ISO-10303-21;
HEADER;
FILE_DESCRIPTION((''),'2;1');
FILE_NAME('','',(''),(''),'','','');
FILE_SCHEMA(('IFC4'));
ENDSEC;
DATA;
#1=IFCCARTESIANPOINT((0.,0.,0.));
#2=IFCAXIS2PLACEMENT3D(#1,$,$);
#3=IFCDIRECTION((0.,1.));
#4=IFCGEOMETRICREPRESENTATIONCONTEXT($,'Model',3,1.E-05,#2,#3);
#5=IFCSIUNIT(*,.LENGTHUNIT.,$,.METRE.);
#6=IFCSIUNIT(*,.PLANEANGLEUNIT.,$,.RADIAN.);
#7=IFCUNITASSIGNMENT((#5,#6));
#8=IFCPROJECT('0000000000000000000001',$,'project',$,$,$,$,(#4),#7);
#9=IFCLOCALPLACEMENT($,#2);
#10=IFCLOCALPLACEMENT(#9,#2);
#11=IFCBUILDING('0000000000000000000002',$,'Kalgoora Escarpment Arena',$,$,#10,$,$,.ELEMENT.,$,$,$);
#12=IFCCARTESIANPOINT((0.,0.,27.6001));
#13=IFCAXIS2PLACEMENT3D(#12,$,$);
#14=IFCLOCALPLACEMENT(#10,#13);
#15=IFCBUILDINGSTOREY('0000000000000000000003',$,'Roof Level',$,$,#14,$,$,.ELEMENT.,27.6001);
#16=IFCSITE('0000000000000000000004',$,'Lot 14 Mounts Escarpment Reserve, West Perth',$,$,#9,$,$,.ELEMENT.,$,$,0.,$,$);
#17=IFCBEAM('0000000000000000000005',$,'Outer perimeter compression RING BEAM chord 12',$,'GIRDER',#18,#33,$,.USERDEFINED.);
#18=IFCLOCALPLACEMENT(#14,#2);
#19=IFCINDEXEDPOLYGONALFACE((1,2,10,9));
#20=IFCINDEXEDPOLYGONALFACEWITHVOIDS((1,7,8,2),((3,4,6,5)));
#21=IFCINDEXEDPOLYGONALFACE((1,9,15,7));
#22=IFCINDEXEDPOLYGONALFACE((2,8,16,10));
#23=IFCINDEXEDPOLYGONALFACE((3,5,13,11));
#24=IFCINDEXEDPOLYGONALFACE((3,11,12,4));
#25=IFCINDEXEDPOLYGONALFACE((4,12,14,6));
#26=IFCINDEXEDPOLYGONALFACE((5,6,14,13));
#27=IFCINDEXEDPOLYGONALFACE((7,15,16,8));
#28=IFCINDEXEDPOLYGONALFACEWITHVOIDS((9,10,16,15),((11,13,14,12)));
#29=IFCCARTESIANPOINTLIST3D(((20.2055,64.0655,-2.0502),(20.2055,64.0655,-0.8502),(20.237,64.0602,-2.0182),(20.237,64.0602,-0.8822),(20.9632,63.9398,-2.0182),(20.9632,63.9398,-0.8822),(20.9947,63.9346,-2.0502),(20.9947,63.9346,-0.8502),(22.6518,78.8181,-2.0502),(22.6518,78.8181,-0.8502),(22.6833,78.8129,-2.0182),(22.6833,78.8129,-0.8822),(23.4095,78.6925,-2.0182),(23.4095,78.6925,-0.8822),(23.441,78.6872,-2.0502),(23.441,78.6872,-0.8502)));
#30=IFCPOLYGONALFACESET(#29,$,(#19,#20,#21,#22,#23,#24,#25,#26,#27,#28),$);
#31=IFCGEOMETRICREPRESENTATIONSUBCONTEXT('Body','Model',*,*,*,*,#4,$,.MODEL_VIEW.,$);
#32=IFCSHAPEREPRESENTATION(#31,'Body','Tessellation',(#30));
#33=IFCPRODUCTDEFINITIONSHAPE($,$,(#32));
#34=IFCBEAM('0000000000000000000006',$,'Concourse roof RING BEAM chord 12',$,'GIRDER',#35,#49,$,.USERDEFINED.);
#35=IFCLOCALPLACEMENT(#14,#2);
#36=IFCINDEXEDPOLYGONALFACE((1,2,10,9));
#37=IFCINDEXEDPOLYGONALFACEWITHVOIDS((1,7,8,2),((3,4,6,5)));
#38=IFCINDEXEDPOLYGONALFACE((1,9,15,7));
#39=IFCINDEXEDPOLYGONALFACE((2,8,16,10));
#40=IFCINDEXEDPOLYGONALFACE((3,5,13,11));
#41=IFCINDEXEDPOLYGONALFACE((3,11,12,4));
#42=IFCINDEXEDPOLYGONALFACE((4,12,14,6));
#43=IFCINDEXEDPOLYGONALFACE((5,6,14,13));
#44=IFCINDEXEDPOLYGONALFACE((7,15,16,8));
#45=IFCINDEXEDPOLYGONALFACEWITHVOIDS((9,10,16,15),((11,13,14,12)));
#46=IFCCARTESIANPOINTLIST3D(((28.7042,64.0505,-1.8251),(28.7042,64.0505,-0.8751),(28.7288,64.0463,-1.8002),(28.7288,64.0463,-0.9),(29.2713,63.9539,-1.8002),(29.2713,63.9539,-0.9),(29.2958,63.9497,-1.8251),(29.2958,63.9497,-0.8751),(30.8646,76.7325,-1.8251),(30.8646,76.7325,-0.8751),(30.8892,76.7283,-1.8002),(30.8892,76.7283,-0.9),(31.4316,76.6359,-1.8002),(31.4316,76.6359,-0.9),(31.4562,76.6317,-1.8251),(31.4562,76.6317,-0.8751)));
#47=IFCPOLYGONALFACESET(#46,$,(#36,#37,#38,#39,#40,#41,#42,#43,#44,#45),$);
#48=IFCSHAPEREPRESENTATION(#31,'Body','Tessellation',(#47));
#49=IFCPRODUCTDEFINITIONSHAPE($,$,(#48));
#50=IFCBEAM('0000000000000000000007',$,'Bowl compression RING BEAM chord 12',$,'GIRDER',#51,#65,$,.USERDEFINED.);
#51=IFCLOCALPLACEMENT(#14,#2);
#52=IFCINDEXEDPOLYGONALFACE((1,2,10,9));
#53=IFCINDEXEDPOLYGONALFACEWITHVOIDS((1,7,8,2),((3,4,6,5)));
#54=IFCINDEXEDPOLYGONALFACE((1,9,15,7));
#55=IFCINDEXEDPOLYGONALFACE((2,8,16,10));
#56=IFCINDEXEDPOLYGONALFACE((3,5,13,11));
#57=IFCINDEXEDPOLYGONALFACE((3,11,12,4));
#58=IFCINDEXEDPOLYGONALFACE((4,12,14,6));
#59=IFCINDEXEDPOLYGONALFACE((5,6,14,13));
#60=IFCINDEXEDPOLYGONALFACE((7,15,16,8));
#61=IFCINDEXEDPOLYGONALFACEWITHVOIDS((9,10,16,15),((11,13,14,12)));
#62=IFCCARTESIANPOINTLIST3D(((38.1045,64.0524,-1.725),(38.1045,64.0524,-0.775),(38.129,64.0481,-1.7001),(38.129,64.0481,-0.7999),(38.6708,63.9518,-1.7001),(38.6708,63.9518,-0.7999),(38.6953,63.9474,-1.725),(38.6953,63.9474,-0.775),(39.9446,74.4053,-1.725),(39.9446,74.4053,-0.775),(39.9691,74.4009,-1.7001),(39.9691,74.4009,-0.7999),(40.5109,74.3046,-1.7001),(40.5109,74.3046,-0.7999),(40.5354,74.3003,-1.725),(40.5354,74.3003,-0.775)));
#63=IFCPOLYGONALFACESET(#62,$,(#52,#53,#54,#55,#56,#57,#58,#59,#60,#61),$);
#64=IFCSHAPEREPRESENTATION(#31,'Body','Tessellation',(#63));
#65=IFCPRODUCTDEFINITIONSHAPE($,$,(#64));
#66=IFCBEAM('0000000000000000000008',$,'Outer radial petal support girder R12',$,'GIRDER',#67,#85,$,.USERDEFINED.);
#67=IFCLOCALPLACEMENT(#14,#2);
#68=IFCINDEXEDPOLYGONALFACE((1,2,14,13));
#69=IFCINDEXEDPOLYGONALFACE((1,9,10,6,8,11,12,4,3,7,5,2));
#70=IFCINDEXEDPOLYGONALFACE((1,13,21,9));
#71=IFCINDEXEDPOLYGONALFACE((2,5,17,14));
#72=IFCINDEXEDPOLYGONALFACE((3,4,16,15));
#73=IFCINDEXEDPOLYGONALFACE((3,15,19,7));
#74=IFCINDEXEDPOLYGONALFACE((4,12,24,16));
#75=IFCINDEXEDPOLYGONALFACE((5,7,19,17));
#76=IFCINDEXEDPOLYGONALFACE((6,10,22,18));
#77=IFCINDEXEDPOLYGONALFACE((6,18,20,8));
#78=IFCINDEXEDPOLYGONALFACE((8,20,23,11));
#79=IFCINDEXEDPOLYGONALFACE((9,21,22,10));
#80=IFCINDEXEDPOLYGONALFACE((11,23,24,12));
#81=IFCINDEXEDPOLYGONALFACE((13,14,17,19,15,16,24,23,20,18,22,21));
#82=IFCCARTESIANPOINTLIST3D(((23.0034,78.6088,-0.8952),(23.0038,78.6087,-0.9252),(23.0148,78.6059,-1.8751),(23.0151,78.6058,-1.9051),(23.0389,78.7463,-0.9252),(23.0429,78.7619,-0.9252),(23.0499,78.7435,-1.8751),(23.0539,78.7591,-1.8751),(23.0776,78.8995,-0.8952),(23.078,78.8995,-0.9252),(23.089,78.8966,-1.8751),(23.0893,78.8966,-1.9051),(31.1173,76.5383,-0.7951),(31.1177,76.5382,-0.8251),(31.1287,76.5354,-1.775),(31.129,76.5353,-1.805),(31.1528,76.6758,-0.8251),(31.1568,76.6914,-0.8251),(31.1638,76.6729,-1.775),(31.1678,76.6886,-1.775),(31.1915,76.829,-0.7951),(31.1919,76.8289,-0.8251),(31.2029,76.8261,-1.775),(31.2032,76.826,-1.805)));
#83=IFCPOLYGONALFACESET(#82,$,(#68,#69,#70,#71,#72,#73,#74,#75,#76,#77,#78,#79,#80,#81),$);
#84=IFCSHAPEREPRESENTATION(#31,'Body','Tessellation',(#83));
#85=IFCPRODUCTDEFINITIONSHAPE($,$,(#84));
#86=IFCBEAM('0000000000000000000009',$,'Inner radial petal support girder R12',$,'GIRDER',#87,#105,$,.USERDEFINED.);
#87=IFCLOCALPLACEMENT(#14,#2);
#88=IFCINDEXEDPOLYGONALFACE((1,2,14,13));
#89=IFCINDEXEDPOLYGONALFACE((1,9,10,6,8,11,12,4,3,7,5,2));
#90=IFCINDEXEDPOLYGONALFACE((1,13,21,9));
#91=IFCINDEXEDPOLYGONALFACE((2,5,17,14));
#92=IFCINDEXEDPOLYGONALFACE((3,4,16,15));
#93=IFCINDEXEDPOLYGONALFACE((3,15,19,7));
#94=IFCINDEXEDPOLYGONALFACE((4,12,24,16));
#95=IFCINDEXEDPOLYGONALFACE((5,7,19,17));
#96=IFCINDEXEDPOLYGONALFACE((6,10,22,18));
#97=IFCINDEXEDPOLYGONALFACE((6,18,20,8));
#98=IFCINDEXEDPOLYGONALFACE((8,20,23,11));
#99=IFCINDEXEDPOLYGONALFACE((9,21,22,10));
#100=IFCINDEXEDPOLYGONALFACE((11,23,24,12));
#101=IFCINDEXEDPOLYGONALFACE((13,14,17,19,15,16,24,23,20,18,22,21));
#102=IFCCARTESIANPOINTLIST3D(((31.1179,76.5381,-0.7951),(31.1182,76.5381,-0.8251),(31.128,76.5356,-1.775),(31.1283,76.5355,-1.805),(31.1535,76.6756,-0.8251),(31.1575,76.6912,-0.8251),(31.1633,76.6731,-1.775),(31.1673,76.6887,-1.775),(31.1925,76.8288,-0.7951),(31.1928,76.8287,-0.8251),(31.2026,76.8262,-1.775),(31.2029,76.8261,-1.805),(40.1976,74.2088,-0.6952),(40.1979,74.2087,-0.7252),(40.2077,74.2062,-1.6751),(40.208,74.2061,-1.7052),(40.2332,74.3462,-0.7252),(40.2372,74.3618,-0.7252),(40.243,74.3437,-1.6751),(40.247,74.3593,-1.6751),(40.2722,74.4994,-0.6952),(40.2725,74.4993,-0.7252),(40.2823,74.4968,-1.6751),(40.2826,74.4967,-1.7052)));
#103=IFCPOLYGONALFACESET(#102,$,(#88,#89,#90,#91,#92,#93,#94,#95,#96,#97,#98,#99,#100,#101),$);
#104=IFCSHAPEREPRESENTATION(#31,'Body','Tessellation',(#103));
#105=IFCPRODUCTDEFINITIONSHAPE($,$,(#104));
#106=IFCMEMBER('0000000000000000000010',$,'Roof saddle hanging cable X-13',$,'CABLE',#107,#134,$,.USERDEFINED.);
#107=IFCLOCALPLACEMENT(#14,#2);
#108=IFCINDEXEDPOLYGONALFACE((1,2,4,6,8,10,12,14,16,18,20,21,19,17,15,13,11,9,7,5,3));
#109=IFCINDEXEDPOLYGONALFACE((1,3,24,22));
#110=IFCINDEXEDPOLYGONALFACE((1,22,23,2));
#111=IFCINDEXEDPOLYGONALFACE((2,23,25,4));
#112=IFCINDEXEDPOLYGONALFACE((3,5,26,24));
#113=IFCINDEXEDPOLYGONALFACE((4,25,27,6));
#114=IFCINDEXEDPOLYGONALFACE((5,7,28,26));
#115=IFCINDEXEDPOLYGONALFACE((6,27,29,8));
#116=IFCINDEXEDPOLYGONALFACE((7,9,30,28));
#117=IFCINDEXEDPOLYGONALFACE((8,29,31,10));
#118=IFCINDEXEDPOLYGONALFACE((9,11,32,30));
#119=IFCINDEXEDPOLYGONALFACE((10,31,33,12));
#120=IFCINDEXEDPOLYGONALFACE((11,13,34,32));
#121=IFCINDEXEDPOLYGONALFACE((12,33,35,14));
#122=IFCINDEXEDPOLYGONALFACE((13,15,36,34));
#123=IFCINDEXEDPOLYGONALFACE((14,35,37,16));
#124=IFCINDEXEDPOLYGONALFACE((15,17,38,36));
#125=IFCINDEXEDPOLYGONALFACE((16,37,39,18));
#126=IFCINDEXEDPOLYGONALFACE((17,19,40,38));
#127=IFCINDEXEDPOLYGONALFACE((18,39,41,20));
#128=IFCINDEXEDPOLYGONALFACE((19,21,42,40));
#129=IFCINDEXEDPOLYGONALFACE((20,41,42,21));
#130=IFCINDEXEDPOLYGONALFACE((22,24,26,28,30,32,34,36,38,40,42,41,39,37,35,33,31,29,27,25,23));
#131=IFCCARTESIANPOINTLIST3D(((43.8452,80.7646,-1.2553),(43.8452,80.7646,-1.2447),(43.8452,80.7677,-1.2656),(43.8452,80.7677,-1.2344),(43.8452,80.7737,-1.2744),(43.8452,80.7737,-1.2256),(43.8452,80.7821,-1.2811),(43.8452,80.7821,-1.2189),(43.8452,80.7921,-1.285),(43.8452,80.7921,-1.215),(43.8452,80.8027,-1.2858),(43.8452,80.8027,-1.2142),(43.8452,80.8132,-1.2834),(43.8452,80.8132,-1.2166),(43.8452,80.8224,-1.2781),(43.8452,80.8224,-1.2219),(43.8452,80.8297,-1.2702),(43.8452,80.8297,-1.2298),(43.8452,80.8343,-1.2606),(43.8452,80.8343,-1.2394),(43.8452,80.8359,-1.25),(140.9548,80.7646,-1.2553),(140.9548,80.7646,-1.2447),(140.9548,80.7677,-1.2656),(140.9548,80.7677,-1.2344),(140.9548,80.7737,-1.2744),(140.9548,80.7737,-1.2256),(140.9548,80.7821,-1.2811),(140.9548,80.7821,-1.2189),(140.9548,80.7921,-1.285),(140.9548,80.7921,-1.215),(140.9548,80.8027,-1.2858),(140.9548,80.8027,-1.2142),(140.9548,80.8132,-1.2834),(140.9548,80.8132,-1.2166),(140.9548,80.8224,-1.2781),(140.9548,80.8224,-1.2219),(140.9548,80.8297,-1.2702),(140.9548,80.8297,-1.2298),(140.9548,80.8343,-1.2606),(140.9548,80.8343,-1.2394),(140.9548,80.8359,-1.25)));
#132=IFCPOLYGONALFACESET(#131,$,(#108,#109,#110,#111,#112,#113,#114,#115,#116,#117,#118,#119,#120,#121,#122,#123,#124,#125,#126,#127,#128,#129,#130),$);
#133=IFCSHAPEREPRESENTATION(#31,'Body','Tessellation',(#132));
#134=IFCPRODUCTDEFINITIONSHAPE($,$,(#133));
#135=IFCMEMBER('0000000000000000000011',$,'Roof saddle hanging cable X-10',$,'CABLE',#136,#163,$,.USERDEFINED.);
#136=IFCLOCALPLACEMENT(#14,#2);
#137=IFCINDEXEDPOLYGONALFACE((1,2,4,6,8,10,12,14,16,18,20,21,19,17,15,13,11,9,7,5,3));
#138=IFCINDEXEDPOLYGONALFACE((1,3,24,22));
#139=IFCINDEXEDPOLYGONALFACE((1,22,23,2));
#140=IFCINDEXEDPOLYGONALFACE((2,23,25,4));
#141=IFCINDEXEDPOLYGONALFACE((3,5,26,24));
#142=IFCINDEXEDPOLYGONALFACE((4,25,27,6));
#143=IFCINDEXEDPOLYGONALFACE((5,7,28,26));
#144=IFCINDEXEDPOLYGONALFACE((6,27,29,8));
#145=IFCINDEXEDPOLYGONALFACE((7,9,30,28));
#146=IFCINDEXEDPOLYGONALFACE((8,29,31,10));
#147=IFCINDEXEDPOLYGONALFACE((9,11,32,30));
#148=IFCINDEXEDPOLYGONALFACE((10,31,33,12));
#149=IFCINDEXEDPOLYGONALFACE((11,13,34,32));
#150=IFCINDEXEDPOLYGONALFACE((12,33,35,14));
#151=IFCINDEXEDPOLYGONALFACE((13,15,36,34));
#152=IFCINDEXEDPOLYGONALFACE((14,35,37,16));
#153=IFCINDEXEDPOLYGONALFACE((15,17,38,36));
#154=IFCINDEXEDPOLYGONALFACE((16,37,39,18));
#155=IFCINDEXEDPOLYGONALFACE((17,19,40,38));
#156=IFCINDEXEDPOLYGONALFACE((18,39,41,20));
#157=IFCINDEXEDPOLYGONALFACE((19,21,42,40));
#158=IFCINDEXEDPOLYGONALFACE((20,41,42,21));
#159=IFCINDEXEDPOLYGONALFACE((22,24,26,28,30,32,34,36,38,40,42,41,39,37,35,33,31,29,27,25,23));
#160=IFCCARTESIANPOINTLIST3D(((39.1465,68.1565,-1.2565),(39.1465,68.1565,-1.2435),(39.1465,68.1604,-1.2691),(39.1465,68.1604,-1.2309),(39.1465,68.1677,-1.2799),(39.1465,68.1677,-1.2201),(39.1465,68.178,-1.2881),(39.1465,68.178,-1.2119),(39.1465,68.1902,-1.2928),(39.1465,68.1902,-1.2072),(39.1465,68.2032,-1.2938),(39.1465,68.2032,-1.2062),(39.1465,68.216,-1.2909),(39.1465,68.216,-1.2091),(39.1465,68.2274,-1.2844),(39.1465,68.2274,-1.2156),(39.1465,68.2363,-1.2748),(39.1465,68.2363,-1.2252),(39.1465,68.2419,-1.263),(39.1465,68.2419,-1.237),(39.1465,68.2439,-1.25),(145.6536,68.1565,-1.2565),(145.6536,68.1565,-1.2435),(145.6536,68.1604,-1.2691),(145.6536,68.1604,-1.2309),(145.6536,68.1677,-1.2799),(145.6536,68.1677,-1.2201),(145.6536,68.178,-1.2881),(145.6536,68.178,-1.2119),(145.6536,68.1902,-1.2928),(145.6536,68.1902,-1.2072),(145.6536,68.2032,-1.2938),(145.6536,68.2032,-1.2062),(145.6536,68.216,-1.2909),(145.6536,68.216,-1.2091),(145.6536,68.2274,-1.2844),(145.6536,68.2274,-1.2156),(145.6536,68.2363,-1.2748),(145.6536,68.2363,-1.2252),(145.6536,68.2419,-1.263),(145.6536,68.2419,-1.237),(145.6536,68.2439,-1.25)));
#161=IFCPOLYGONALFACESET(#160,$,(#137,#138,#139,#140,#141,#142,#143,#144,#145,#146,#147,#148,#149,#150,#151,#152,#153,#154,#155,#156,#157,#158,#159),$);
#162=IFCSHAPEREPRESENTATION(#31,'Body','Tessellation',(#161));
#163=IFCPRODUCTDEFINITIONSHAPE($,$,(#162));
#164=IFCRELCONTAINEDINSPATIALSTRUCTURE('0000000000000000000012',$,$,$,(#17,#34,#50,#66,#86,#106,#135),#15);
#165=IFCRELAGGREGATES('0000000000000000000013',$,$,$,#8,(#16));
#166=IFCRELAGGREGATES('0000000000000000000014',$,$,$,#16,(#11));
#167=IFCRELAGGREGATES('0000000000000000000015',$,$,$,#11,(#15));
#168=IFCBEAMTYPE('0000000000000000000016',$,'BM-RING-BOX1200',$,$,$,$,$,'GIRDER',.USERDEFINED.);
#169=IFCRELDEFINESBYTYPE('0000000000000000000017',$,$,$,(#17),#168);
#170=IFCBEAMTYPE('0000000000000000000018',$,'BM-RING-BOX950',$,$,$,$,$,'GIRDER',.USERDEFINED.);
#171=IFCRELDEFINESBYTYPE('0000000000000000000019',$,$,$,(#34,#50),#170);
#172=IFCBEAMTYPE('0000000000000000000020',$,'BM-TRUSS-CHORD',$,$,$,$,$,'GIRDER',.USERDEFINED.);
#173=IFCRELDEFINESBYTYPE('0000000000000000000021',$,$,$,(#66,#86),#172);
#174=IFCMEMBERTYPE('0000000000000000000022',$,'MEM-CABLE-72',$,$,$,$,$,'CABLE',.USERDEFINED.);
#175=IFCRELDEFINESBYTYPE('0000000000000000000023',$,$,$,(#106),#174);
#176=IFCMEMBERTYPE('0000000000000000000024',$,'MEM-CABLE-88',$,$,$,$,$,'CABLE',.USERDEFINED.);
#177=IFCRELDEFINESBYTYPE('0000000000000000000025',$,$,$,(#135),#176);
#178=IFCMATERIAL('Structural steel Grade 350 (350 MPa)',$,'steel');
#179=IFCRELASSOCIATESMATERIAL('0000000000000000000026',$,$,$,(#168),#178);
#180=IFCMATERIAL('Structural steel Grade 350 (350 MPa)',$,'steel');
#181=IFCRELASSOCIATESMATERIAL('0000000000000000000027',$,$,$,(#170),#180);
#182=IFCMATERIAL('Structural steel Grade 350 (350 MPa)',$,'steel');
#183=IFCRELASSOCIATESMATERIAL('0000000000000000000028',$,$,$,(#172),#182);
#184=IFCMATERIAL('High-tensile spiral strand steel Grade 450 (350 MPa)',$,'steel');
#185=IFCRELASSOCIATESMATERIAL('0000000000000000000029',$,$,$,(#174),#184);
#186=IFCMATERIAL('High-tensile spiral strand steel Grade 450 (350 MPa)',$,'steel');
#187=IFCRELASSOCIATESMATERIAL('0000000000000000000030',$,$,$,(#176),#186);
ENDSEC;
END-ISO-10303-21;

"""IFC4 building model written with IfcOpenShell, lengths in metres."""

from ifc_helpers import new_model, si_unit, direction, frame, origin, origin_2d, place, context, subcontext, project, spatial, hollow_rectangle, circle, i_section, extrude, material, material_profile, profile_set, type_object, element, save


model = new_model("IFC4")

# Units and contexts
model_context = context("Model", 3, precision=1e-05, world=origin(), true_north=direction((0.0, 1.0)))
body_context = subcontext(model_context, "Body", "Model", "MODEL_VIEW")
ifc_project = project(units=[si_unit("LENGTHUNIT", "METRE"), si_unit("PLANEANGLEUNIT", "RADIAN")], contexts=[model_context])

# Site, building, storey
site_placement = place(None, origin())
site = spatial("IfcSite", under=ifc_project, at=site_placement, Name="Lot 14 Mounts Escarpment Reserve, West Perth", CompositionType="ELEMENT", RefElevation=0.0)
building_placement = place(site_placement, origin())
building = spatial("IfcBuilding", under=site, at=building_placement, Name="Kalgoora Escarpment Arena", CompositionType="ELEMENT")
storey_placement = place(building_placement, frame((0.0, 0.0, 27.6001)))
storey = spatial("IfcBuildingStorey", under=building, at=storey_placement, Name="Roof Level", CompositionType="ELEMENT", Elevation=27.6001)

# Beams
ifc_material_1 = material(Name="Structural steel Grade 350 (350 MPa)", Category="steel")
ifc_material_profile_1 = material_profile(ifc_material_1, hollow_rectangle(XDim=0.8, YDim=1.2, WallThickness=0.032, at=origin_2d()))
ifc_profile_set_1 = profile_set([ifc_material_profile_1], Name="Structural steel Grade 350 (350 MPa)")
beam_type_1 = type_object("IfcBeamType", Name="BM-RING-BOX1200", ElementType="GIRDER", PredefinedType="USERDEFINED", material=ifc_profile_set_1)
beam_1_placement = place(storey_placement, frame((23.0464, 78.7527, -1.4502), z_axis=(-0.163586, -0.986529, 0.0), x_axis=(0.986529, -0.163586, 0.0)))
element("IfcBeam", 1, at=beam_1_placement, inside=storey, type_object=beam_type_1, Name="Outer perimeter compression RING BEAM chord 12", ObjectType="GIRDER", PredefinedType="USERDEFINED", context=body_context, shape_type="SweptSolid", body=[
    extrude(hollow_rectangle(XDim=0.8, YDim=1.2, WallThickness=0.032, at=origin_2d()), origin(), (0.0, 0.0, 1.0), 14.9541),
])
ifc_material_2 = material(Name="Structural steel Grade 350 (350 MPa)", Category="steel")
ifc_material_profile_2 = material_profile(ifc_material_2, hollow_rectangle(XDim=0.6001, YDim=0.95, WallThickness=0.0249, at=origin_2d()))
ifc_profile_set_2 = profile_set([ifc_material_profile_2], Name="Structural steel Grade 350 (350 MPa)")
beam_type_2 = type_object("IfcBeamType", Name="BM-RING-BOX950", ElementType="GIRDER", PredefinedType="USERDEFINED", material=ifc_profile_set_2)
beam_2_placement = place(storey_placement, frame((31.1604, 76.6821, -1.3501), z_axis=(-0.167931, -0.985799, 0.0), x_axis=(0.985799, -0.167931, 0.0)))
element("IfcBeam", 2, at=beam_2_placement, inside=storey, type_object=beam_type_2, Name="Concourse roof RING BEAM chord 12", ObjectType="GIRDER", PredefinedType="USERDEFINED", context=body_context, shape_type="SweptSolid", body=[
    extrude(hollow_rectangle(XDim=0.6001, YDim=0.95, WallThickness=0.0249, at=origin_2d()), origin(), (0.0, 0.0, 1.0), 12.8647),
])
beam_3_placement = place(storey_placement, frame((40.24, 74.3528, -1.25), z_axis=(-0.174996, -0.984569, 0.0), x_axis=(0.984569, -0.174996, 0.0)))
element("IfcBeam", 3, at=beam_3_placement, inside=storey, type_object=beam_type_2, Name="Bowl compression RING BEAM chord 12", ObjectType="GIRDER", PredefinedType="USERDEFINED", context=body_context, shape_type="SweptSolid", body=[
    extrude(hollow_rectangle(XDim=0.6001, YDim=0.95, WallThickness=0.0249, at=origin_2d()), origin(), (0.0, 0.0, 1.0), 10.5151),
])
ifc_material_3 = material(Name="Structural steel Grade 350 (350 MPa)", Category="steel")
ifc_material_profile_3 = material_profile(ifc_material_3, i_section(OverallWidth=0.3, OverallDepth=1.01, WebThickness=0.0161, FlangeThickness=0.03, at=origin_2d()))
ifc_profile_set_3 = profile_set([ifc_material_profile_3], Name="Structural steel Grade 350 (350 MPa)")
beam_type_3 = type_object("IfcBeamType", Name="BM-TRUSS-CHORD", ElementType="GIRDER", PredefinedType="USERDEFINED", material=ifc_profile_set_3)
beam_4_placement = place(storey_placement, frame((23.0464, 78.7527, -1.4001), z_axis=(0.96888, -0.247242, 0.011952), x_axis=(0.247259, 0.968949, 0.0)))
element("IfcBeam", 4, at=beam_4_placement, inside=storey, type_object=beam_type_3, Name="Outer radial petal support girder R12", ObjectType="GIRDER", PredefinedType="USERDEFINED", context=body_context, shape_type="SweptSolid", body=[
    extrude(i_section(OverallWidth=0.3, OverallDepth=1.01, WebThickness=0.0161, FlangeThickness=0.03, at=origin_2d()), origin(), (0.0, 0.0, 1.0), 8.3745),
])
beam_5_placement = place(storey_placement, frame((31.1604, 76.6821, -1.3), z_axis=(0.968577, -0.248486, 0.010652), x_axis=(0.2485, 0.968632, 0.0)))
element("IfcBeam", 5, at=beam_5_placement, inside=storey, type_object=beam_type_3, Name="Inner radial petal support girder R12", ObjectType="GIRDER", PredefinedType="USERDEFINED", context=body_context, shape_type="SweptSolid", body=[
    extrude(i_section(OverallWidth=0.3, OverallDepth=1.01, WebThickness=0.0161, FlangeThickness=0.03, at=origin_2d()), origin(), (0.0, 0.0, 1.0), 9.3743),
])

# Members
ifc_material_4 = material(Name="High-tensile spiral strand steel Grade 450 (350 MPa)", Category="steel")
ifc_material_profile_4 = material_profile(ifc_material_4, circle(Radius=0.0359, at=origin_2d()))
ifc_profile_set_4 = profile_set([ifc_material_profile_4], Name="High-tensile spiral strand steel Grade 450 (350 MPa)")
member_type_1 = type_object("IfcMemberType", Name="MEM-CABLE-72", ElementType="CABLE", PredefinedType="USERDEFINED", material=ifc_profile_set_4)
member_1_placement = place(storey_placement, frame((43.8452, 80.8, -1.25), z_axis=(1.0, 0.0, 0.0), x_axis=(0.0, 1.0, 0.0)))
element("IfcMember", 6, at=member_1_placement, inside=storey, type_object=member_type_1, Name="Roof saddle hanging cable X-13", ObjectType="CABLE", PredefinedType="USERDEFINED", context=body_context, shape_type="SweptSolid", body=[
    extrude(circle(Radius=0.0359, at=origin_2d()), origin(), (0.0, 0.0, 1.0), 97.1096),
])
ifc_material_5 = material(Name="High-tensile spiral strand steel Grade 450 (350 MPa)", Category="steel")
ifc_material_profile_5 = material_profile(ifc_material_5, circle(Radius=0.0439, at=origin_2d()))
ifc_profile_set_5 = profile_set([ifc_material_profile_5], Name="High-tensile spiral strand steel Grade 450 (350 MPa)")
member_type_2 = type_object("IfcMemberType", Name="MEM-CABLE-88", ElementType="CABLE", PredefinedType="USERDEFINED", material=ifc_profile_set_5)
member_2_placement = place(storey_placement, frame((39.1465, 68.2, -1.25), z_axis=(1.0, 0.0, 0.0), x_axis=(0.0, 1.0, 0.0)))
element("IfcMember", 7, at=member_2_placement, inside=storey, type_object=member_type_2, Name="Roof saddle hanging cable X-10", ObjectType="CABLE", PredefinedType="USERDEFINED", context=body_context, shape_type="SweptSolid", body=[
    extrude(circle(Radius=0.0439, at=origin_2d()), origin(), (0.0, 0.0, 1.0), 106.5071),
])

save(model, "model.ifc")
